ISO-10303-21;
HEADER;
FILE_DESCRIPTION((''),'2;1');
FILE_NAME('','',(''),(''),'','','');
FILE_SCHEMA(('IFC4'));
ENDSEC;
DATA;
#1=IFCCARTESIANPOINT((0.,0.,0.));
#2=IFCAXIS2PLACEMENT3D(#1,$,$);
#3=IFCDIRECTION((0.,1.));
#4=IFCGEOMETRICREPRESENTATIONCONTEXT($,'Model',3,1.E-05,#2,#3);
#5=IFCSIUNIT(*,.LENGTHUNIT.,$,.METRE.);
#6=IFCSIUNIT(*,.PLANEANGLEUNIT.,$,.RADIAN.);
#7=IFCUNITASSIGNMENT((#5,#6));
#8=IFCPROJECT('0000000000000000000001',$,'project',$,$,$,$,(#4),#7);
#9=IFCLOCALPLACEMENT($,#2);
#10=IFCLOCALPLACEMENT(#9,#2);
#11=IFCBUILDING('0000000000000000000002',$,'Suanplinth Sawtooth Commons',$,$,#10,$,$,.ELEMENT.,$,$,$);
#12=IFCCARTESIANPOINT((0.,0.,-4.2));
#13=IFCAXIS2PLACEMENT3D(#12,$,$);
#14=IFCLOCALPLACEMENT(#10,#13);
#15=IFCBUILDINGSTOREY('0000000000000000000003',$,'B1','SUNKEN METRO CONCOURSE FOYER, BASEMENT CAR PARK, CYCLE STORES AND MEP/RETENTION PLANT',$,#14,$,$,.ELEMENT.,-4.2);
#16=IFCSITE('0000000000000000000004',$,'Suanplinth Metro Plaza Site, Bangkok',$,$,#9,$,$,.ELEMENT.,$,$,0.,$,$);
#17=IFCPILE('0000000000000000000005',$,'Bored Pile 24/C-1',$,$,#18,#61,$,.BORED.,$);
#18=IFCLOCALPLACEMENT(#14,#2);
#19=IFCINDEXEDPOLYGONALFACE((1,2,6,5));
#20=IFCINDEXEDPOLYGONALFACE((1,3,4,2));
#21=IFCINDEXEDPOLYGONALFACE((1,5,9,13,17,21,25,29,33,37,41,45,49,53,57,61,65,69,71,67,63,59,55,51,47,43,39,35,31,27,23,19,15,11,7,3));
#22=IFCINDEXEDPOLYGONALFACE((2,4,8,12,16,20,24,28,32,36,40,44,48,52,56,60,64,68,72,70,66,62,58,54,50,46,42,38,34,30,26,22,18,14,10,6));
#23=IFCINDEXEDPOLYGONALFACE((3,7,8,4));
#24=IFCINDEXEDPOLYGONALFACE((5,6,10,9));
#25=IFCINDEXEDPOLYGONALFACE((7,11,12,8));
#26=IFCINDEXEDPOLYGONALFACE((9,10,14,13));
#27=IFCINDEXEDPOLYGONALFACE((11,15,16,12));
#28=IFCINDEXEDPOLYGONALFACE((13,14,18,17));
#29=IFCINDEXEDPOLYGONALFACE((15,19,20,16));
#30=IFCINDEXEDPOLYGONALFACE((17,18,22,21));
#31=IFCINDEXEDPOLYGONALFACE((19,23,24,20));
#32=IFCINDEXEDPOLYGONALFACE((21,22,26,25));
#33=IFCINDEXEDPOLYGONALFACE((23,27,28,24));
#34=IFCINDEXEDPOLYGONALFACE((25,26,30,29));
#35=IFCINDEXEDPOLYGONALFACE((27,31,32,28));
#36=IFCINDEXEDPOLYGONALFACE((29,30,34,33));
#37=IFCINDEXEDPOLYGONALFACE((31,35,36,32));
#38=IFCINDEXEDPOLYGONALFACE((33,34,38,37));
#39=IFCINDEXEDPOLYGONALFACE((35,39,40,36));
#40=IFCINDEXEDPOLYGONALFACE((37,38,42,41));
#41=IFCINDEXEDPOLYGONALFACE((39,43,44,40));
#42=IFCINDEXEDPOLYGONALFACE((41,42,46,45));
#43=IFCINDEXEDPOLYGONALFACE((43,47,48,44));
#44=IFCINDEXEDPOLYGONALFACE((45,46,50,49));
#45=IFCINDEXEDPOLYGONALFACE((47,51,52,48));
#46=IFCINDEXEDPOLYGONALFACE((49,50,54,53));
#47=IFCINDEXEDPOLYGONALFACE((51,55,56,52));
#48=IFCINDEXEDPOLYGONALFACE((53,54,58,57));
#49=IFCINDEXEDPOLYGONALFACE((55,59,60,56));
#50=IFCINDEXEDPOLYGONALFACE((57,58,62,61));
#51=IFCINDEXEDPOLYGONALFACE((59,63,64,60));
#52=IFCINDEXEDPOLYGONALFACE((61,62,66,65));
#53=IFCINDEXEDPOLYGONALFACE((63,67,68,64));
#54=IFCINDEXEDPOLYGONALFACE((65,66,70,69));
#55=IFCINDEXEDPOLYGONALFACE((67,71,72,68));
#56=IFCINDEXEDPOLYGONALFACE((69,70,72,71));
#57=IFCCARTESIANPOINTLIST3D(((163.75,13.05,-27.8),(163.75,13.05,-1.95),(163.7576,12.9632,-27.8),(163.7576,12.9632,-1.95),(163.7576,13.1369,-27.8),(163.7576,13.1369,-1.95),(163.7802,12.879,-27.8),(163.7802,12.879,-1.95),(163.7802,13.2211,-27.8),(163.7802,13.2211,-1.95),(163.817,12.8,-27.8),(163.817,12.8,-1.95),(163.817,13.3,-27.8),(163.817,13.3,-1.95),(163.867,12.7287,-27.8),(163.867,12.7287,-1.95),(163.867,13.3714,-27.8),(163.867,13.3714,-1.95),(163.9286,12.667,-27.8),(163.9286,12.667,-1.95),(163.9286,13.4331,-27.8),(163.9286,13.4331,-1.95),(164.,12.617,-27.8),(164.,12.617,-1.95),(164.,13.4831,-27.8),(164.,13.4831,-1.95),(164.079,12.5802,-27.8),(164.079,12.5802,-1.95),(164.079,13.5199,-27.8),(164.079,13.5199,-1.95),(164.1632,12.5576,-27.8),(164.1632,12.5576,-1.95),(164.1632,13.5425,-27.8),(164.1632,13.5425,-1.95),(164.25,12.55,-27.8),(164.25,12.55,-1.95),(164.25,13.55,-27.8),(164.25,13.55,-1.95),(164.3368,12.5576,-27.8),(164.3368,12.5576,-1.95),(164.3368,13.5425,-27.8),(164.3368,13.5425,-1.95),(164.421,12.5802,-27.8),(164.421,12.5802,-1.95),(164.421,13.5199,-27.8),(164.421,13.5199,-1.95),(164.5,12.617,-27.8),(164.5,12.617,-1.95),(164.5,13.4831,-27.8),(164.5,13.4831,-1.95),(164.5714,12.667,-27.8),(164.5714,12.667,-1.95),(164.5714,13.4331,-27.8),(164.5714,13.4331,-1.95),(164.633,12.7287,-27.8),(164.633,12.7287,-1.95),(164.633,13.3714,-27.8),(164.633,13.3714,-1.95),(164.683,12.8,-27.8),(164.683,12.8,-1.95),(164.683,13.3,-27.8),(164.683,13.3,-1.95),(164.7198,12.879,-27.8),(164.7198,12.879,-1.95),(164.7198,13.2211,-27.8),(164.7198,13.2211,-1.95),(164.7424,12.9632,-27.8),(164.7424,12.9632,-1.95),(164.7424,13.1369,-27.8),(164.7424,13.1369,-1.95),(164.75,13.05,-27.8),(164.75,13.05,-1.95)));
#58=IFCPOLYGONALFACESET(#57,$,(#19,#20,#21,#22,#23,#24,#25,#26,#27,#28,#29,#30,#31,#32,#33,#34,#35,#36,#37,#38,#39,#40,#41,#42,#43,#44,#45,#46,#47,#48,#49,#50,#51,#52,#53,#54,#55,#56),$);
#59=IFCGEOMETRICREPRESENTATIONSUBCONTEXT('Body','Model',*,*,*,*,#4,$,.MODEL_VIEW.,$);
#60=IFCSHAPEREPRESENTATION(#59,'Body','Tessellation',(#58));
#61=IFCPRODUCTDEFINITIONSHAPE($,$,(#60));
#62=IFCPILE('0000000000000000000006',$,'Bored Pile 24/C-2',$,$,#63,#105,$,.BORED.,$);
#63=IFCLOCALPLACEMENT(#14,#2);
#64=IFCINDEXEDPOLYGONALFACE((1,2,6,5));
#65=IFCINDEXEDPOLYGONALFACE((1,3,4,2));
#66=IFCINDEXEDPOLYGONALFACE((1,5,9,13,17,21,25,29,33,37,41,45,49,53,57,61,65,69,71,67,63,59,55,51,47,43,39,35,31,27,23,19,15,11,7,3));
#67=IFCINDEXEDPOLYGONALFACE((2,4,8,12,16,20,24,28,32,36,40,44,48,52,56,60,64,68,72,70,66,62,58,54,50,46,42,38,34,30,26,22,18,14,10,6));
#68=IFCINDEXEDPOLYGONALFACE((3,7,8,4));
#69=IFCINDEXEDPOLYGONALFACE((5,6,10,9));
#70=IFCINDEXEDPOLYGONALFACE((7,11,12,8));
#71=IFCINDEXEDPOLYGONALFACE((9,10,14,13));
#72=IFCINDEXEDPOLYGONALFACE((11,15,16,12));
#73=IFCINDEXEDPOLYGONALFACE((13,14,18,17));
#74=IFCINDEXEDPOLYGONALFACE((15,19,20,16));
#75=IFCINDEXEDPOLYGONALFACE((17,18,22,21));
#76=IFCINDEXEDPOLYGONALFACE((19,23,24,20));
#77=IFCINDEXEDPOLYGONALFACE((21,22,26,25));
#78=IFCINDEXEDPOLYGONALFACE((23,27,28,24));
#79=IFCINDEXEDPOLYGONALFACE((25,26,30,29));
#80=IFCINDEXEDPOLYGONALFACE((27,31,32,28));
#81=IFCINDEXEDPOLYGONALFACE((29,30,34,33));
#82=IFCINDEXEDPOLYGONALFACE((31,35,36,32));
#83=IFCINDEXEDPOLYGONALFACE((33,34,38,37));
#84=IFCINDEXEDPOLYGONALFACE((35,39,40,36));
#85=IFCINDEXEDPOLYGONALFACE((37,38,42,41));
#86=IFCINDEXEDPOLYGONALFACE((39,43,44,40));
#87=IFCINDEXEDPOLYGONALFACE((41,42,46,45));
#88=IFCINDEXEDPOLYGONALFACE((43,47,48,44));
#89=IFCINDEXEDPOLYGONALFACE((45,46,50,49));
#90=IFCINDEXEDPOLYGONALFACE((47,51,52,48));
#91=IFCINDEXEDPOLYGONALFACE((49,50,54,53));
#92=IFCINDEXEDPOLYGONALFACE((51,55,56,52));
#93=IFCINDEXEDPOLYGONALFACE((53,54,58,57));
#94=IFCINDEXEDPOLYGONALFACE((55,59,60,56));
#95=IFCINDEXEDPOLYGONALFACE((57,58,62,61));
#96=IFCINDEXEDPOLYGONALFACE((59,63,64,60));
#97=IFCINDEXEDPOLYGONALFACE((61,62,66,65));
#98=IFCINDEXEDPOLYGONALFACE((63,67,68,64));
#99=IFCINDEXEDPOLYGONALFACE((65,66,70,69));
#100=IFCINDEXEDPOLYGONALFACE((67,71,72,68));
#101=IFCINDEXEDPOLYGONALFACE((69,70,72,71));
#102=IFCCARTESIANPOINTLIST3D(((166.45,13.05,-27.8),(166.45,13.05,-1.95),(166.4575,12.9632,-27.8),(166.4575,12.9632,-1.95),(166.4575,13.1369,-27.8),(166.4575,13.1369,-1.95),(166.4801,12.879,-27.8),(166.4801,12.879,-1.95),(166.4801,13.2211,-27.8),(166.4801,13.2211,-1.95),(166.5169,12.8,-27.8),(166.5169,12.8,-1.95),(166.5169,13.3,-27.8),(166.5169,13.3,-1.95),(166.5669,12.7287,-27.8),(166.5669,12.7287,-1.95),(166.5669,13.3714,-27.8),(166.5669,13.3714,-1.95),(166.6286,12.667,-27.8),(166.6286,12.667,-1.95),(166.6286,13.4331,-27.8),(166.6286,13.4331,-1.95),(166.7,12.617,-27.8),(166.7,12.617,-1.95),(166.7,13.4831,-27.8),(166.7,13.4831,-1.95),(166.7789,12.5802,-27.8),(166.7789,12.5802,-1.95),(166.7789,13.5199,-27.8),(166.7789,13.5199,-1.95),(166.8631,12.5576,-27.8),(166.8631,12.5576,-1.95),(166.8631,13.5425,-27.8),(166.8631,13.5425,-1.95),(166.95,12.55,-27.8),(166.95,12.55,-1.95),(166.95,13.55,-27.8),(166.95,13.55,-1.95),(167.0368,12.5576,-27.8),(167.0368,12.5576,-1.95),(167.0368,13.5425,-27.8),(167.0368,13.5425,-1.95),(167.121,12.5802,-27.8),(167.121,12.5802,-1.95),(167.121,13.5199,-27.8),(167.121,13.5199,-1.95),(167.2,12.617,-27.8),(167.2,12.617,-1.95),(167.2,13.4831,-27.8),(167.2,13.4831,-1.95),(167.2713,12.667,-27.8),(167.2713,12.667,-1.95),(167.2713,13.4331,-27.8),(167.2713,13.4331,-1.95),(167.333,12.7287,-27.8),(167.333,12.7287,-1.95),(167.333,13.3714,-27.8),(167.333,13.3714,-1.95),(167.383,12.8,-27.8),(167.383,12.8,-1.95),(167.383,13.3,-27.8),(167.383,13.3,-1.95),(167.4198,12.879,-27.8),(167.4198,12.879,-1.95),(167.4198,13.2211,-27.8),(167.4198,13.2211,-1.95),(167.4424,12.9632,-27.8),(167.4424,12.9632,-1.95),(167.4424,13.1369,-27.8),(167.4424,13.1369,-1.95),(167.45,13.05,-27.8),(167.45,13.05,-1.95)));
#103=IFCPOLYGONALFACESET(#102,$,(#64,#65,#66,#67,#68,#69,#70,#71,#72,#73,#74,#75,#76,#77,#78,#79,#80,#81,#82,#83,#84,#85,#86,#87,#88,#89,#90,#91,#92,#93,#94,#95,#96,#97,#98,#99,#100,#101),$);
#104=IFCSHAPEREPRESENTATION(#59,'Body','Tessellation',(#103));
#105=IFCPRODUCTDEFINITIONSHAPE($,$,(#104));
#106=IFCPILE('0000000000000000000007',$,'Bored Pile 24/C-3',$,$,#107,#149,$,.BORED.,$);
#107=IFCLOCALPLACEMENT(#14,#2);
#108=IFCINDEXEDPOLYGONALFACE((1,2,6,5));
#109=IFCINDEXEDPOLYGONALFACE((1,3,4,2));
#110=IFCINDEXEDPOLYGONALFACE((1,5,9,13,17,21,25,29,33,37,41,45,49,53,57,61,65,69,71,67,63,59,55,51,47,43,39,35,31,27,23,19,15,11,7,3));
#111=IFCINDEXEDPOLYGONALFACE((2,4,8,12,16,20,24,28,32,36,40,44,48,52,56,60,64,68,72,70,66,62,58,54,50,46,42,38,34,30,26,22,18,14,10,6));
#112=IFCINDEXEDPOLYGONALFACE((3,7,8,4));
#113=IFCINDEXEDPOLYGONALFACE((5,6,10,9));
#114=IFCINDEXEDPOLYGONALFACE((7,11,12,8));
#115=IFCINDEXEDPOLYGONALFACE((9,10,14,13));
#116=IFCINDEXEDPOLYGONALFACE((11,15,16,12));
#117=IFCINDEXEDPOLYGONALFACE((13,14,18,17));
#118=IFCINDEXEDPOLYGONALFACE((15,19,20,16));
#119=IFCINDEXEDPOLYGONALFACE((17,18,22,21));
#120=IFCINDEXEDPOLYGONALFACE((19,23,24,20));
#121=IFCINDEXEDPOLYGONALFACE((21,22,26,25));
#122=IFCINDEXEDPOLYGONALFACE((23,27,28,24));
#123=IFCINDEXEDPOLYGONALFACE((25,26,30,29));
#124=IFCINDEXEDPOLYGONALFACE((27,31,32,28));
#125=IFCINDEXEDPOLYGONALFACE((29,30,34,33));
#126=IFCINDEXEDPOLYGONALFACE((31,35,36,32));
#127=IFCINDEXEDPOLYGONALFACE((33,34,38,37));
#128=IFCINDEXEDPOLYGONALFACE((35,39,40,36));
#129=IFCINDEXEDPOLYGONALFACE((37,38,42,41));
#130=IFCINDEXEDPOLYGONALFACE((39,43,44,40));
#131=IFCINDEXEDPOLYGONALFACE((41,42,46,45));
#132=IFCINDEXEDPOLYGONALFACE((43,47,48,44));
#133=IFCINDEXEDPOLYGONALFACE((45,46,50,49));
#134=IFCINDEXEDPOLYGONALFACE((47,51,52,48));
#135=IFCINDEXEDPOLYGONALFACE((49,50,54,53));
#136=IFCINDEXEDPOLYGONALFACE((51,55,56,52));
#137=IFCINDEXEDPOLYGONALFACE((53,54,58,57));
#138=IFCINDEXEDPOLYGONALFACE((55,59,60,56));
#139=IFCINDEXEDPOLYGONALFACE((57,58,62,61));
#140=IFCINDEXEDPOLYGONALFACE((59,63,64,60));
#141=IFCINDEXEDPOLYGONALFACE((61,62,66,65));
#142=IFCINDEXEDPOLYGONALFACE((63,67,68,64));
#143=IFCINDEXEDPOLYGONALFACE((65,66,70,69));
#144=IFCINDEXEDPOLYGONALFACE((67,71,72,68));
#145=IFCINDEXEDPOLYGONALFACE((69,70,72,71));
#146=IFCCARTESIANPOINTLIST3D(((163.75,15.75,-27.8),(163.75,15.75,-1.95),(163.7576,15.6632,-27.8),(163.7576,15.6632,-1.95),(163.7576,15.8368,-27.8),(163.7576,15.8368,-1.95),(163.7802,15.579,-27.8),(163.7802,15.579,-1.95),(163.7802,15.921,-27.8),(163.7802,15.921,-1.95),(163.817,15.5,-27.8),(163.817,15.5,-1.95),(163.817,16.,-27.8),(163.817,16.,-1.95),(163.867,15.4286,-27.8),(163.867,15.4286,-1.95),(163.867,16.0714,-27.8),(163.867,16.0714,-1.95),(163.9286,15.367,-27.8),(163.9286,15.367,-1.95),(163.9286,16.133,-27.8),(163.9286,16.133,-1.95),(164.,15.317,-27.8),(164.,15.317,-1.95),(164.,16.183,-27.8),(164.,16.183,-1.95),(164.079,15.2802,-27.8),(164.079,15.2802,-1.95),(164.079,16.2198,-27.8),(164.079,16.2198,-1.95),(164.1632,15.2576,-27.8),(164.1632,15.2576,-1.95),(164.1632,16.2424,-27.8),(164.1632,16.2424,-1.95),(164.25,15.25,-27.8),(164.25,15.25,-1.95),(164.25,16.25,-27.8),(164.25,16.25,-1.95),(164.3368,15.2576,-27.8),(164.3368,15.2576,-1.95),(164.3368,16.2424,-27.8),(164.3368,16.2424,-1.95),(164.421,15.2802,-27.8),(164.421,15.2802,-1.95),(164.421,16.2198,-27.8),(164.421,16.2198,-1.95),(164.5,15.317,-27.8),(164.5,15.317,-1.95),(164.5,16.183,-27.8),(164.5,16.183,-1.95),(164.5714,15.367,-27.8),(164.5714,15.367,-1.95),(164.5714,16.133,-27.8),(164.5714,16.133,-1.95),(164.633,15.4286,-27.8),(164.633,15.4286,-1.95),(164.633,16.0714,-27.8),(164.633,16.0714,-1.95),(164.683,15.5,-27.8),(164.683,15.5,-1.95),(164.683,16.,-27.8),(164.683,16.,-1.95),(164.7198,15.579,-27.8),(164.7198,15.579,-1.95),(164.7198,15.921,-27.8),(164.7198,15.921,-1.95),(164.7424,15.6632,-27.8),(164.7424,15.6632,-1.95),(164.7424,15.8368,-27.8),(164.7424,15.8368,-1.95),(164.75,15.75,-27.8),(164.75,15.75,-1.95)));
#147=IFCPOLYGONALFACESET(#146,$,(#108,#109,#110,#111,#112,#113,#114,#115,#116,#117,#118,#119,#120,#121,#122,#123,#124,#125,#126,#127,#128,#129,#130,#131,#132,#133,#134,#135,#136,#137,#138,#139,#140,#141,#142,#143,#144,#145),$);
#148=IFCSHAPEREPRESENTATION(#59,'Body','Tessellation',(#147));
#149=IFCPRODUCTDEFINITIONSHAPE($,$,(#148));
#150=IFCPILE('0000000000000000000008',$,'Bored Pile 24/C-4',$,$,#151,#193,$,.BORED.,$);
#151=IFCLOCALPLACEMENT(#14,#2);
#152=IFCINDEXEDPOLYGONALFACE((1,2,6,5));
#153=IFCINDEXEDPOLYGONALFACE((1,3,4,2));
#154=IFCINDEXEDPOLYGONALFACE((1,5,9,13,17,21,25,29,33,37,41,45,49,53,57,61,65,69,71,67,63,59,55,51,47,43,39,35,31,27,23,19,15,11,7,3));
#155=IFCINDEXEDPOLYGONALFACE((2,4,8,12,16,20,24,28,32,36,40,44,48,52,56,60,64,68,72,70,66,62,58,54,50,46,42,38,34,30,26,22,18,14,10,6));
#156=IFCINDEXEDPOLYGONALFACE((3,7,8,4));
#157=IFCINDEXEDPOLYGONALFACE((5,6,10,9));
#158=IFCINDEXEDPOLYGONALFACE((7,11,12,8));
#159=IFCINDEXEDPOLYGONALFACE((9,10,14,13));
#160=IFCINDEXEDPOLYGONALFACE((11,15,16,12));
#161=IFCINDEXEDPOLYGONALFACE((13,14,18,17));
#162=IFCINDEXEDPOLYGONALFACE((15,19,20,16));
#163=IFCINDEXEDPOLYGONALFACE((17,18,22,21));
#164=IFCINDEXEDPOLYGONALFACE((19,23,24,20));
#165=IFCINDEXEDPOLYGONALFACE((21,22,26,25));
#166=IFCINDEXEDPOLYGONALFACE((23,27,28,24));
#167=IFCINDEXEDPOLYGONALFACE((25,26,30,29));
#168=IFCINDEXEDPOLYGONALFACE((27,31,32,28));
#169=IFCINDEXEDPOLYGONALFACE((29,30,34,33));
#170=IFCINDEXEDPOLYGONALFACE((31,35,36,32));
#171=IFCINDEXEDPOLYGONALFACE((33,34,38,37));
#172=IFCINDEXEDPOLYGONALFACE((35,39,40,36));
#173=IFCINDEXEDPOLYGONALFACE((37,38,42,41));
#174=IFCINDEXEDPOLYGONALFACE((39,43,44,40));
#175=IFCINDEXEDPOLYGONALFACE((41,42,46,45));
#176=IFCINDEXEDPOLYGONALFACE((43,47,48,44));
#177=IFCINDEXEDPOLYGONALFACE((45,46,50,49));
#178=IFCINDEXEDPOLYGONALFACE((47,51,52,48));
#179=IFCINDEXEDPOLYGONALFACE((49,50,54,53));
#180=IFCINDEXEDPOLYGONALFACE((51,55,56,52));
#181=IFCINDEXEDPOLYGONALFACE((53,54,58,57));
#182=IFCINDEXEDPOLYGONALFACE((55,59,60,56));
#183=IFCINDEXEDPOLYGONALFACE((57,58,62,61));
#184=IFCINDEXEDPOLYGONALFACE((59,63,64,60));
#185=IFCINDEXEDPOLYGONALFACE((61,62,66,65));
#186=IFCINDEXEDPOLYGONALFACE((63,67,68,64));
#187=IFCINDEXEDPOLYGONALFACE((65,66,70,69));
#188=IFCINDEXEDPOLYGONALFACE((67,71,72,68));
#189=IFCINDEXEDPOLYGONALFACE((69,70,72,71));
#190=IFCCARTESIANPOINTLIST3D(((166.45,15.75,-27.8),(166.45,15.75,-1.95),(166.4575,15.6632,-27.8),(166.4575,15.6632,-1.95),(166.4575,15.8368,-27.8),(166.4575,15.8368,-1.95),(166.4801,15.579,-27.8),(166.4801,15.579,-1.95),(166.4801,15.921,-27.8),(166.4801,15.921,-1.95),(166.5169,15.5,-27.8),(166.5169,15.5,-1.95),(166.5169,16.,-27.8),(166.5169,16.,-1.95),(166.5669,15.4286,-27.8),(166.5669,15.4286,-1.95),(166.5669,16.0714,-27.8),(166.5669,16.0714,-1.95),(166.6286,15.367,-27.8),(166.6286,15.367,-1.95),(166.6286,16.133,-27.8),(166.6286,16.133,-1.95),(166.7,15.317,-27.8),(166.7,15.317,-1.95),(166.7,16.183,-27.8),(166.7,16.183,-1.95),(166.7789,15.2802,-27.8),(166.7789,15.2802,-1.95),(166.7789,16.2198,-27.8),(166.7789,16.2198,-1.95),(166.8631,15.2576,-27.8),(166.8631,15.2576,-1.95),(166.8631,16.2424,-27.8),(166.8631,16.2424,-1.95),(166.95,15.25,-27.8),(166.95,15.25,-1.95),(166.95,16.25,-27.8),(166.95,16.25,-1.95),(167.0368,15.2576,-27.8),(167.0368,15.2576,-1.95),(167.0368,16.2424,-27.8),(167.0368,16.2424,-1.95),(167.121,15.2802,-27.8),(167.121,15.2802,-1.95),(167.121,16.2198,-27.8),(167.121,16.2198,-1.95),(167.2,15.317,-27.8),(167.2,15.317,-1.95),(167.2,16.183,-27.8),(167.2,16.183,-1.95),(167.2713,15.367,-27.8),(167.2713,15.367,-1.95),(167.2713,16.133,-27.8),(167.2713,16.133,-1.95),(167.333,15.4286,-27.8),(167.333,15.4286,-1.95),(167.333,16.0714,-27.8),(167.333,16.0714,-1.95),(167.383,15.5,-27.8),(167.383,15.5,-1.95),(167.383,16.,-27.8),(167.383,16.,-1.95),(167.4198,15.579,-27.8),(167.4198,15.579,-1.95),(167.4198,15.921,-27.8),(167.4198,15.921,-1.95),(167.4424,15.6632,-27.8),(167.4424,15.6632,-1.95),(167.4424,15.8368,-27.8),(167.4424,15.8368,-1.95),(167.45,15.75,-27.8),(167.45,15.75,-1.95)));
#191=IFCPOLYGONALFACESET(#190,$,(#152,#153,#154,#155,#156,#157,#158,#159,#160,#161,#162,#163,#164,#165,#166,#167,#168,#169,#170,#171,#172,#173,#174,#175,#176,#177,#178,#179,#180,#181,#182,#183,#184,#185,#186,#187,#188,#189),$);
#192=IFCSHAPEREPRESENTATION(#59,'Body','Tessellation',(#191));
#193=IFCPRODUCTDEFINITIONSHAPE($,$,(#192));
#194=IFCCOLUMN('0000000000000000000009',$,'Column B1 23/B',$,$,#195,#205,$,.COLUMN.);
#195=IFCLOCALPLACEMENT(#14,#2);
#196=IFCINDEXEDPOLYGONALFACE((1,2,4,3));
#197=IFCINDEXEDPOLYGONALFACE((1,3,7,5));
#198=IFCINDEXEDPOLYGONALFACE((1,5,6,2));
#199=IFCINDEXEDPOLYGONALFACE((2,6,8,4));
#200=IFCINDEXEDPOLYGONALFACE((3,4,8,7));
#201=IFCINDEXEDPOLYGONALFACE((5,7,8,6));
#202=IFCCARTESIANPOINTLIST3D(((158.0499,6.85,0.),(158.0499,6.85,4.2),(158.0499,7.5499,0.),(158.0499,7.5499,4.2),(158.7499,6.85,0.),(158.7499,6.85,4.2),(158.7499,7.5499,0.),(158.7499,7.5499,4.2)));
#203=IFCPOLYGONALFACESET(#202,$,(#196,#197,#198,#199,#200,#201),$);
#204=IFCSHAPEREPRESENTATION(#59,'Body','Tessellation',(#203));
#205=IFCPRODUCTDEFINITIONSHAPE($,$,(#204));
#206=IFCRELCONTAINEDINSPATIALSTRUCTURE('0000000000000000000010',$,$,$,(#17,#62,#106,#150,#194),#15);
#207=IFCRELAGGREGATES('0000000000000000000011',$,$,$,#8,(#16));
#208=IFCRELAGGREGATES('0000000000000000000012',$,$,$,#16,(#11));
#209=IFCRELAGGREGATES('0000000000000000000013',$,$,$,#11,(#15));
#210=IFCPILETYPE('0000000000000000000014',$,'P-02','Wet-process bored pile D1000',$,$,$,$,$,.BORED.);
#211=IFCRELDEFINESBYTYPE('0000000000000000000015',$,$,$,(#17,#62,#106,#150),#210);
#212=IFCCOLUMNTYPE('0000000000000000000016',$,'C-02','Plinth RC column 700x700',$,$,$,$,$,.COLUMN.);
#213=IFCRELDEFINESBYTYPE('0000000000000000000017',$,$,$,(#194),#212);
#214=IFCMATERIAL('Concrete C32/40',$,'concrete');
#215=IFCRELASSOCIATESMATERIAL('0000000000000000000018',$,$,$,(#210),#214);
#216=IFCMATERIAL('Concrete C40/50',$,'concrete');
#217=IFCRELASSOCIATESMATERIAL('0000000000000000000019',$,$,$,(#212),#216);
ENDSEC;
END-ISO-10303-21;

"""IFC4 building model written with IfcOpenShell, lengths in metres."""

from ifc_helpers import new_model, si_unit, direction, frame, origin, origin_2d, place, context, subcontext, project, spatial, rectangle, circle, extrude, material, material_profile, profile_set, type_object, element, save


model = new_model("IFC4")

# Units and contexts
model_context = context("Model", 3, precision=1e-05, world=origin(), true_north=direction((0.0, 1.0)))
body_context = subcontext(model_context, "Body", "Model", "MODEL_VIEW")
ifc_project = project(units=[si_unit("LENGTHUNIT", "METRE"), si_unit("PLANEANGLEUNIT", "RADIAN")], contexts=[model_context])

# Site, building, storey
site_placement = place(None, origin())
site = spatial("IfcSite", under=ifc_project, at=site_placement, Name="Suanplinth Metro Plaza Site, Bangkok", CompositionType="ELEMENT", RefElevation=0.0)
building_placement = place(site_placement, origin())
building = spatial("IfcBuilding", under=site, at=building_placement, Name="Suanplinth Sawtooth Commons", CompositionType="ELEMENT")
storey_placement = place(building_placement, frame((0.0, 0.0, -4.2)))
storey = spatial("IfcBuildingStorey", under=building, at=storey_placement, Name="B1", Description="SUNKEN METRO CONCOURSE FOYER, BASEMENT CAR PARK, CYCLE STORES AND MEP/RETENTION PLANT", CompositionType="ELEMENT", Elevation=-4.2)

# Piles
ifc_material_1 = material(Name="Concrete C32/40", Category="concrete")
ifc_material_profile_1 = material_profile(ifc_material_1, circle(Radius=0.5, at=origin_2d()), Name="PILE D1000")
ifc_profile_set_1 = profile_set([ifc_material_profile_1], Name="Concrete C32/40")
pile_type = type_object("IfcPileType", Name="P-02", Description="Wet-process bored pile D1000", PredefinedType="BORED", material=ifc_profile_set_1)
for number, where, z_axis, x_axis, name in (
    (1, (164.25, 13.05, -1.95), (0.0, 0.0, -1.0), (1.0, 0.0, 0.0), "Bored Pile 24/C-1"),
    (2, (166.95, 13.05, -1.95), (0.0, 0.0, -1.0), (1.0, 0.0, 0.0), "Bored Pile 24/C-2"),
    (3, (164.25, 15.75, -1.95), (0.0, 0.0, -1.0), (1.0, 0.0, 0.0), "Bored Pile 24/C-3"),
    (4, (166.95, 15.75, -1.95), (0.0, 0.0, -1.0), (1.0, 0.0, 0.0), "Bored Pile 24/C-4"),
):
    element("IfcPile", number, at=place(storey_placement, frame(where, z_axis=z_axis, x_axis=x_axis)), inside=storey, type_object=pile_type, Name=name, PredefinedType="BORED", context=body_context, shape_type="SweptSolid", body=[
        extrude(circle(Radius=0.5, at=origin_2d()), origin(), (0.0, 0.0, 1.0), 25.8501),
    ])

# Column
ifc_material_2 = material(Name="Concrete C40/50", Category="concrete")
ifc_material_profile_2 = material_profile(ifc_material_2, rectangle(XDim=0.7, YDim=0.7, at=origin_2d()), Name="RC-COL 700x700")
ifc_profile_set_2 = profile_set([ifc_material_profile_2], Name="Concrete C40/50")
column_type = type_object("IfcColumnType", Name="C-02", Description="Plinth RC column 700x700", PredefinedType="COLUMN", material=ifc_profile_set_2)
for number, where, z_axis, x_axis, name in (
    (5, (158.3999, 7.2, 0.0), (0.0, 0.0, 1.0), (1.0, 0.0, 0.0), "Column B1 23/B"),
):
    element("IfcColumn", number, at=place(storey_placement, frame(where, z_axis=z_axis, x_axis=x_axis)), inside=storey, type_object=column_type, Name=name, PredefinedType="COLUMN", context=body_context, shape_type="SweptSolid", body=[
        extrude(rectangle(XDim=0.7, YDim=0.7, at=origin_2d()), origin(), (0.0, 0.0, 1.0), 4.2),
    ])

save(model, "model.ifc")
